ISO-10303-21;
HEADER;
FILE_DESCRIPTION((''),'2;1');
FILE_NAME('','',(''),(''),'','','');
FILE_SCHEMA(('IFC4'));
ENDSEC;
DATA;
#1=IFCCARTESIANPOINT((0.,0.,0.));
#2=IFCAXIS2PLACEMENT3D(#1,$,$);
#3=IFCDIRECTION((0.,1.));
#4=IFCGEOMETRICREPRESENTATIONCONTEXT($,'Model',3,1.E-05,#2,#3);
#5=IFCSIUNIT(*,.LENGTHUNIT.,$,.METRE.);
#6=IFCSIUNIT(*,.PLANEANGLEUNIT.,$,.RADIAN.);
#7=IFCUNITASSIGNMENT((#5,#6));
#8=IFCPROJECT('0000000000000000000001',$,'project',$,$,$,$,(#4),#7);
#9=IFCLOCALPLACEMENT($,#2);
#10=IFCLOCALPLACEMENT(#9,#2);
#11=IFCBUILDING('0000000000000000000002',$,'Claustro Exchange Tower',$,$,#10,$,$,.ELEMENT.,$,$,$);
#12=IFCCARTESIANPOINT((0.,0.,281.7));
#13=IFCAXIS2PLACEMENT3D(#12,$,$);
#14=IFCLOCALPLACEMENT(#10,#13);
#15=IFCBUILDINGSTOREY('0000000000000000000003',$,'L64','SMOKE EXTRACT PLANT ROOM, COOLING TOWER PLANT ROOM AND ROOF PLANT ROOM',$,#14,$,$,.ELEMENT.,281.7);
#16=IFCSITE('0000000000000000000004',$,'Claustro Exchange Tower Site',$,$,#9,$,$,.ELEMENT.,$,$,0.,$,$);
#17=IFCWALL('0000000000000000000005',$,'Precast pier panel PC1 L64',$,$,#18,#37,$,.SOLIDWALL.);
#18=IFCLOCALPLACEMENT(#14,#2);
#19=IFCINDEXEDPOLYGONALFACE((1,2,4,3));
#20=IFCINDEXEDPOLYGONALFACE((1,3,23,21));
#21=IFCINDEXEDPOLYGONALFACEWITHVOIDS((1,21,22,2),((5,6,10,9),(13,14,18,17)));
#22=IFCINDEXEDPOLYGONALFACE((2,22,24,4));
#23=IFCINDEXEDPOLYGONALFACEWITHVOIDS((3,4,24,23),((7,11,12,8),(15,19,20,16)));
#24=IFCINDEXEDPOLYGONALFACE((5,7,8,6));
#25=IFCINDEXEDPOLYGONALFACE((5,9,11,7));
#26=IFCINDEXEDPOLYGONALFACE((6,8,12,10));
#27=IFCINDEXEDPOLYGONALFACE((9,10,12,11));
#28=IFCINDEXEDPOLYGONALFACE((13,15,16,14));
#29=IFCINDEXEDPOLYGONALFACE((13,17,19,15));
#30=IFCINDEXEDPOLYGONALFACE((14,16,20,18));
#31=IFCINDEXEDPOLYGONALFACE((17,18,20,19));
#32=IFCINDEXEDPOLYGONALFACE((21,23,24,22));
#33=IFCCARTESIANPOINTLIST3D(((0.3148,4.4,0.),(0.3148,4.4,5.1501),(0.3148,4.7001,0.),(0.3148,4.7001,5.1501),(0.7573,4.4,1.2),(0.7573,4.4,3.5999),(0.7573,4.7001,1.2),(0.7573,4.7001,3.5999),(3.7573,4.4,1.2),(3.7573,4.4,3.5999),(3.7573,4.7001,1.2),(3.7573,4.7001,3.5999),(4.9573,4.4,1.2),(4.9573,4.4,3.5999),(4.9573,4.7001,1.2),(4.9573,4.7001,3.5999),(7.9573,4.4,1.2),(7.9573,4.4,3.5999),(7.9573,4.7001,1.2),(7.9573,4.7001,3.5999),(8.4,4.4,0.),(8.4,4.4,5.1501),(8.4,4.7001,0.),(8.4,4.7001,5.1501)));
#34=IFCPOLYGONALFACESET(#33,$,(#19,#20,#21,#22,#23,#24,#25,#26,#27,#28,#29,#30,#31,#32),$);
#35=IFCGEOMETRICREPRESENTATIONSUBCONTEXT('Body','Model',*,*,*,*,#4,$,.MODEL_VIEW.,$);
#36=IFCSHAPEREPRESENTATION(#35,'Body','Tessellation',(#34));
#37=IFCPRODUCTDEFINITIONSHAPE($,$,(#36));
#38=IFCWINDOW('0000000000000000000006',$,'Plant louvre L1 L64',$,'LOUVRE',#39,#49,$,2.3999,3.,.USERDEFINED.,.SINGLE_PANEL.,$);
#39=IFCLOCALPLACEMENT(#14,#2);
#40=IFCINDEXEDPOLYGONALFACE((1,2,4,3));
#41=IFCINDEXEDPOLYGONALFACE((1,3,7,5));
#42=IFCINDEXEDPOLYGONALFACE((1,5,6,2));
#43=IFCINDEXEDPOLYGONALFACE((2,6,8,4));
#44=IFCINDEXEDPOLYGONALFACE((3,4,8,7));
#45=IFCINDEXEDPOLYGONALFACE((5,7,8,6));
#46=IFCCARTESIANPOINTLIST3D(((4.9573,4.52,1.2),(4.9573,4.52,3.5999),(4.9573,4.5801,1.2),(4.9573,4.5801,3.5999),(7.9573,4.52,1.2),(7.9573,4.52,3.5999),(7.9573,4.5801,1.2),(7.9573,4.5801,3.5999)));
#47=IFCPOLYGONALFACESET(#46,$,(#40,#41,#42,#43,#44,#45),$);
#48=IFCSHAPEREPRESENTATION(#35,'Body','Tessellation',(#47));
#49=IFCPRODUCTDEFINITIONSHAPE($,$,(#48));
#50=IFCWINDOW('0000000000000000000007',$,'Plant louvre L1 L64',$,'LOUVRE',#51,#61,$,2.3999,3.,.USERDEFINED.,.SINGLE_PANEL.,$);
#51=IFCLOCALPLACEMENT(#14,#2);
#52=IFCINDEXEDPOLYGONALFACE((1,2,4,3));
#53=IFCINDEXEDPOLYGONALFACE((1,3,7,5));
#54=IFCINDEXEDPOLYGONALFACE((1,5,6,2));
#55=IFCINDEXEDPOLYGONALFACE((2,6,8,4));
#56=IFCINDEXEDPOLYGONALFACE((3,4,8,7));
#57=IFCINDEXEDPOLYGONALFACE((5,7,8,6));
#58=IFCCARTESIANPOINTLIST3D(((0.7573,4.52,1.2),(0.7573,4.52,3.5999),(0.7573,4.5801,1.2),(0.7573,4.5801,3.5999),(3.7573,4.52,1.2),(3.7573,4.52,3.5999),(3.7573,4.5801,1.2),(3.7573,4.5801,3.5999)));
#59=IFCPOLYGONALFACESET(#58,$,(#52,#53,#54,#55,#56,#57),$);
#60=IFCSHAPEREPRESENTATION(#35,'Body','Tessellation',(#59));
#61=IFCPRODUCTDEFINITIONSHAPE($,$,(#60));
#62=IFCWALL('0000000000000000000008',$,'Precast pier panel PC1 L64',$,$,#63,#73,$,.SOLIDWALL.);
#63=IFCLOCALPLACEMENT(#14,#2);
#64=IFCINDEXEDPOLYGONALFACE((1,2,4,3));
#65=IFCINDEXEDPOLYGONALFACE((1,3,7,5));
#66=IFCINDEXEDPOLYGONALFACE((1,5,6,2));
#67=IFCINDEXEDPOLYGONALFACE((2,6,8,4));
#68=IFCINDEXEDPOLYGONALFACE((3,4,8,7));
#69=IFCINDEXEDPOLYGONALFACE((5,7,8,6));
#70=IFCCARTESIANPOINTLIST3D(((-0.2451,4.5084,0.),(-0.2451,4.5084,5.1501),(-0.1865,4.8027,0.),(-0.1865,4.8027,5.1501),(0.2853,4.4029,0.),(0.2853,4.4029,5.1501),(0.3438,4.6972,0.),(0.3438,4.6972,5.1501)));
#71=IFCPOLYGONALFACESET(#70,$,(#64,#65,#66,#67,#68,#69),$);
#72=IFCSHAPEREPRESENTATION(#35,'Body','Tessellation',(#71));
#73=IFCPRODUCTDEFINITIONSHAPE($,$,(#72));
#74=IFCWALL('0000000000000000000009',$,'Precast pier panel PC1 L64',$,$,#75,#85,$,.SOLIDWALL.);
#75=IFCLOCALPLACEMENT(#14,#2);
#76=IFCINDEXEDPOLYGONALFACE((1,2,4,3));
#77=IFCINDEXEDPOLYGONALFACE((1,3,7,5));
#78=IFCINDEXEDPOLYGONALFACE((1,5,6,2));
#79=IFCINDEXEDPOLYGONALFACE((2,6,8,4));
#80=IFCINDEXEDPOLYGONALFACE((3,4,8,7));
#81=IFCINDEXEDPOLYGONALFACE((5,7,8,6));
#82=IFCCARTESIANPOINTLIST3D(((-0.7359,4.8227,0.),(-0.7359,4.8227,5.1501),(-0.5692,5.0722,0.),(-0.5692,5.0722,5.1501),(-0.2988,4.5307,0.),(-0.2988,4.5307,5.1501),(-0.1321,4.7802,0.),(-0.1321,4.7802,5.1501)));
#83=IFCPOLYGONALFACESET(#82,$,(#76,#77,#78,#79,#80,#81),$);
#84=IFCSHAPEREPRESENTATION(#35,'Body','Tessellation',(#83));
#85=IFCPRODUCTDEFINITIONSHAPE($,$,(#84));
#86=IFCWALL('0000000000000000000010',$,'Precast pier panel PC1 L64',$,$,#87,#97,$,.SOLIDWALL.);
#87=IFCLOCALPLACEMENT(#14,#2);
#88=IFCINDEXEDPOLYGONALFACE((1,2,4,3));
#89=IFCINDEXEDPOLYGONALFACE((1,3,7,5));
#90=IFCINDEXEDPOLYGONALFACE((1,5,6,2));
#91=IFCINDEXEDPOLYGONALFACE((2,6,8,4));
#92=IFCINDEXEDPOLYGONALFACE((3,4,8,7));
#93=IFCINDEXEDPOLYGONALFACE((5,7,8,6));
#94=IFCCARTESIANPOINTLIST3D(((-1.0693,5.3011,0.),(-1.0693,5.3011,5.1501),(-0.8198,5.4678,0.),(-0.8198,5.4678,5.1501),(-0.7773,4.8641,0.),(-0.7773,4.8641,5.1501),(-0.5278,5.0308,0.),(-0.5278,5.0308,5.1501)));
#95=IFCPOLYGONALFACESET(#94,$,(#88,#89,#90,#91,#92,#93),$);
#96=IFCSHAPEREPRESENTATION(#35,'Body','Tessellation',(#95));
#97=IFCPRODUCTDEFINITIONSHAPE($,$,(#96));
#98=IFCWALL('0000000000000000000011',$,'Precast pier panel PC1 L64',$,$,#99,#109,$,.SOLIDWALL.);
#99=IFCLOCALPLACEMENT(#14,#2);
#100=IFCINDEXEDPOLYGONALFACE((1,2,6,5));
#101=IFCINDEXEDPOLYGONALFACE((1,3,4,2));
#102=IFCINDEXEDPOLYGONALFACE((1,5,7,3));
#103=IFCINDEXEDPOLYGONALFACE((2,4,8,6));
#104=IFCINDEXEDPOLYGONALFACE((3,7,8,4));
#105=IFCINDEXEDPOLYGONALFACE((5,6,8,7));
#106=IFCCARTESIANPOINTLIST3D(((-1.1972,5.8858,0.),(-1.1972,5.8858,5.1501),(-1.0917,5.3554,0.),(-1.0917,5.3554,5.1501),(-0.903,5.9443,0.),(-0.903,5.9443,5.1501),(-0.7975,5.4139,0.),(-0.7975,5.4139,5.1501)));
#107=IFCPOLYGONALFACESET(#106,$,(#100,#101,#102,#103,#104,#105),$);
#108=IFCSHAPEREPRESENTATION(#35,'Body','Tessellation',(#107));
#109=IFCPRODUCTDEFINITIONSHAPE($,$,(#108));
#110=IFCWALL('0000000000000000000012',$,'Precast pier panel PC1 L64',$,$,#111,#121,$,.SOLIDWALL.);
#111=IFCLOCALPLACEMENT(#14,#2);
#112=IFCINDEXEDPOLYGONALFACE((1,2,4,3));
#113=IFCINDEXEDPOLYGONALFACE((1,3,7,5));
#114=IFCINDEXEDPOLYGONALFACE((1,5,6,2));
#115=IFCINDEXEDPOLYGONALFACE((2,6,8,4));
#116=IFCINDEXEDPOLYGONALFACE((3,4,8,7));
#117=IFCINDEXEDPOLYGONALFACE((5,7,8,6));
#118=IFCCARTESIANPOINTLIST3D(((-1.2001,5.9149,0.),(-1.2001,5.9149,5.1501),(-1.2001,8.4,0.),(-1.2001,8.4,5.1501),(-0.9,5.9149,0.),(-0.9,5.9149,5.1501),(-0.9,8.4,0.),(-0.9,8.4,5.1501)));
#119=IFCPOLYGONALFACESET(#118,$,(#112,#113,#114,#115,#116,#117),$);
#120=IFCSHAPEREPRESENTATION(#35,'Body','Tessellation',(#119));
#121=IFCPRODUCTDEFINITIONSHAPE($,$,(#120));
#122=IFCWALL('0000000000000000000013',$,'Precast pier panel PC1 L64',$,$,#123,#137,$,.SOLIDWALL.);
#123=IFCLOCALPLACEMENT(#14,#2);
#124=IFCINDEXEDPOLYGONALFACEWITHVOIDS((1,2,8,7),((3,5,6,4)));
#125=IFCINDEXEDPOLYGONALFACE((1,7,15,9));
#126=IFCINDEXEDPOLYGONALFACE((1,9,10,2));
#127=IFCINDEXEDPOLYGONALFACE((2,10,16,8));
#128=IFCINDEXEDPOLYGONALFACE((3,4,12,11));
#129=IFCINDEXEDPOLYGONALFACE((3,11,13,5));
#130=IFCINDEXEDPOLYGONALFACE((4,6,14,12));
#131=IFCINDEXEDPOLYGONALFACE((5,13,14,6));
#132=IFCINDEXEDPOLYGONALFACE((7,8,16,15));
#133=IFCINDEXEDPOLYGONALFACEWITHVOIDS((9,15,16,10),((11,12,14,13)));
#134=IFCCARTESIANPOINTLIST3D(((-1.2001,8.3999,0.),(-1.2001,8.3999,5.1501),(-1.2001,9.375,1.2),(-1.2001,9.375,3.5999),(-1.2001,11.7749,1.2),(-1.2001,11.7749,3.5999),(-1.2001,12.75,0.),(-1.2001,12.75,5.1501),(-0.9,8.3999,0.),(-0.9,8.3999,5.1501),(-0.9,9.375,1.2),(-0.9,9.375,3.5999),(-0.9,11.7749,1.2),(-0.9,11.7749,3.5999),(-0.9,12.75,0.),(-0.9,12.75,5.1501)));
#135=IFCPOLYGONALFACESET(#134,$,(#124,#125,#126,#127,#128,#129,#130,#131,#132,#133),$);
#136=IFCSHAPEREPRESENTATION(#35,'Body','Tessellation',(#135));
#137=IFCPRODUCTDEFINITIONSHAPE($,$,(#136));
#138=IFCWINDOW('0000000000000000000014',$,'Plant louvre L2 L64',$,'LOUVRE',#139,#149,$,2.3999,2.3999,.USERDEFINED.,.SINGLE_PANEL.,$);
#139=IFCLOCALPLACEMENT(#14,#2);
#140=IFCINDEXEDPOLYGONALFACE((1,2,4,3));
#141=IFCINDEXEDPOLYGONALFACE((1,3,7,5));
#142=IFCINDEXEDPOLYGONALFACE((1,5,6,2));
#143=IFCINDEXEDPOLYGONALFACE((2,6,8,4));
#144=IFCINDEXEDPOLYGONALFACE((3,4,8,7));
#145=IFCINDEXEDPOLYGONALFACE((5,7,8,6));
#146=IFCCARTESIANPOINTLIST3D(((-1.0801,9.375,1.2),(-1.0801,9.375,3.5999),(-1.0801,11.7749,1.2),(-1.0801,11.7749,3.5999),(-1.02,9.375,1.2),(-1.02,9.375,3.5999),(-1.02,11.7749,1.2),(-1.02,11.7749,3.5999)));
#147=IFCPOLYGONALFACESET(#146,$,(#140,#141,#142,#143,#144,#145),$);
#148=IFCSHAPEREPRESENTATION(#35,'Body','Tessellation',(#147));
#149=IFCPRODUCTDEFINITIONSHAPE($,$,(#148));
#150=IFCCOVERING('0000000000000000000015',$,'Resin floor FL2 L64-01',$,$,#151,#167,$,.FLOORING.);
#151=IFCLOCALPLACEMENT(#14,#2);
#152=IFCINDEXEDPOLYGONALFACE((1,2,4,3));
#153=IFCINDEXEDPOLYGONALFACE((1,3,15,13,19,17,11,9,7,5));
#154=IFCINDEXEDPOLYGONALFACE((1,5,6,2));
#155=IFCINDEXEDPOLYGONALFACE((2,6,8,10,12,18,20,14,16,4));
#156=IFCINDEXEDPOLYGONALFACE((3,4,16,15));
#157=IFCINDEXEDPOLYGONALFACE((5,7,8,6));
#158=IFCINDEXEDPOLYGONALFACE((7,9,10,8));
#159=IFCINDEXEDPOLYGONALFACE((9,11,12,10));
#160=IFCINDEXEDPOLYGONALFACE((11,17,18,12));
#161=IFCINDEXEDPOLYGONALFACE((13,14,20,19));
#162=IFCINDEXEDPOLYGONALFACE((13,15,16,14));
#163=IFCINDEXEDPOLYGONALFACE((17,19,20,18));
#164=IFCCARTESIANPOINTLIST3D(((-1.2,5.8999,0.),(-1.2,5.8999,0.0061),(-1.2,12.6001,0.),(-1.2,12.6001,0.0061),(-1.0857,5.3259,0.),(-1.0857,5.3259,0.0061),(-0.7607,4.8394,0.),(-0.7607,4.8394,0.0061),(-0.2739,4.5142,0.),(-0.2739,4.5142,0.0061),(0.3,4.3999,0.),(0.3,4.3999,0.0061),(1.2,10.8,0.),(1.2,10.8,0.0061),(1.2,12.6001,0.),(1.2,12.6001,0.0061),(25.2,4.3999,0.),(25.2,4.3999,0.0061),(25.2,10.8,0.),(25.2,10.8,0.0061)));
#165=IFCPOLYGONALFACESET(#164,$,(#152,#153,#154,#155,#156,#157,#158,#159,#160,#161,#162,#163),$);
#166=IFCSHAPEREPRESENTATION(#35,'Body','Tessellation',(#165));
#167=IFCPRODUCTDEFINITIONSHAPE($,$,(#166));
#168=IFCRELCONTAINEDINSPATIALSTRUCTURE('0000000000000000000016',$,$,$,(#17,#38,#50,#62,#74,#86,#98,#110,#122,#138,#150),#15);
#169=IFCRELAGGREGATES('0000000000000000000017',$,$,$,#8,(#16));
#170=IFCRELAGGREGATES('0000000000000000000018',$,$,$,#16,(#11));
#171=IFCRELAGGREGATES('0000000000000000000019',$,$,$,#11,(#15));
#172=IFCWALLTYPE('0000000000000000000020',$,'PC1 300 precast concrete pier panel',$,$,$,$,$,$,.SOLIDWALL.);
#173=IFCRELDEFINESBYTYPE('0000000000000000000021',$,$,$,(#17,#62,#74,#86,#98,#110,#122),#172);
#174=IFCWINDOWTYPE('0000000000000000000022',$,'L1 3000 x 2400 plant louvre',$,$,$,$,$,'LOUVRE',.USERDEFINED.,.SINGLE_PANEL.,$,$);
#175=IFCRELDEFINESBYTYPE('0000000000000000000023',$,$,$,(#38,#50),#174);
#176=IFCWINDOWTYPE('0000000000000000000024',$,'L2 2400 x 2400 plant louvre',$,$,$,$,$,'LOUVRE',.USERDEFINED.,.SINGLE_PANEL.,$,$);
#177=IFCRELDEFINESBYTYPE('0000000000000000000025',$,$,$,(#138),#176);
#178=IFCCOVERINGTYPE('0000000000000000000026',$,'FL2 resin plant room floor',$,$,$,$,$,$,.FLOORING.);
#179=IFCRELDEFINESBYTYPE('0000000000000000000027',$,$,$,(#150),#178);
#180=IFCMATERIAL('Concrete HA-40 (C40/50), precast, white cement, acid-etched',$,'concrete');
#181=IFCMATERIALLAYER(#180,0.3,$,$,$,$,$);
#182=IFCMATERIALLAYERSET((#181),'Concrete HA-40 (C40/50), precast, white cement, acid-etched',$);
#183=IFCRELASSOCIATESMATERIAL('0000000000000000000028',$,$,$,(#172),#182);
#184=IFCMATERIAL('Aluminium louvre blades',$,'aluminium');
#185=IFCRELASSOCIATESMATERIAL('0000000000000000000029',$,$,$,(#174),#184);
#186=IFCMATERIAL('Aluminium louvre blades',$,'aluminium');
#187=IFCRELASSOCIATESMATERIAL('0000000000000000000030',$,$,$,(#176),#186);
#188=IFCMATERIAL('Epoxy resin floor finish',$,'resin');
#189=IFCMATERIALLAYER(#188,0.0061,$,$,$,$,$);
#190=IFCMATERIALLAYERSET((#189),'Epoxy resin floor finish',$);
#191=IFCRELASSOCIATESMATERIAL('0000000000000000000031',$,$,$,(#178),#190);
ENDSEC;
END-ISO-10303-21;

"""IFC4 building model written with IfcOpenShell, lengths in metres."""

from ifc_helpers import new_model, si_unit, direction, frame, frame_2d, origin, place, context, subcontext, project, spatial, polyline, rectangle, outline, extrude, material, layer, layer_set, type_object, element, fill, save


model = new_model("IFC4")

# Units and contexts
model_context = context("Model", 3, precision=1e-05, world=origin(), true_north=direction((0.0, 1.0)))
body_context = subcontext(model_context, "Body", "Model", "MODEL_VIEW")
ifc_project = project(units=[si_unit("LENGTHUNIT", "METRE"), si_unit("PLANEANGLEUNIT", "RADIAN")], contexts=[model_context])

# Site, building, storey
site_placement = place(None, origin())
site = spatial("IfcSite", under=ifc_project, at=site_placement, Name="Claustro Exchange Tower Site", CompositionType="ELEMENT", RefElevation=0.0)
building_placement = place(site_placement, origin())
building = spatial("IfcBuilding", under=site, at=building_placement, Name="Claustro Exchange Tower", CompositionType="ELEMENT")
storey_placement = place(building_placement, frame((0.0, 0.0, 281.7)))
storey = spatial("IfcBuildingStorey", under=building, at=storey_placement, Name="L64", Description="SMOKE EXTRACT PLANT ROOM, COOLING TOWER PLANT ROOM AND ROOF PLANT ROOM", CompositionType="ELEMENT", Elevation=281.7)

# Wall, openings, windows
ifc_material_1 = material(Name="Concrete HA-40 (C40/50), precast, white cement, acid-etched", Category="concrete")
ifc_layer_1 = layer(ifc_material_1, 0.3)
ifc_layer_set_1 = layer_set([ifc_layer_1], Name="Concrete HA-40 (C40/50), precast, white cement, acid-etched")
wall_type = type_object("IfcWallType", Name="PC1 300 precast concrete pier panel", PredefinedType="SOLIDWALL", material=ifc_layer_set_1)
wall_1_placement = place(storey_placement, frame((8.3999, 4.55, 0.0), z_axis=(0.0, 0.0, 1.0), x_axis=(-1.0, 0.0, 0.0)))
wall_1 = element("IfcWall", 1, at=wall_1_placement, inside=storey, type_object=wall_type, Name="Precast pier panel PC1 L64", PredefinedType="SOLIDWALL", context=body_context, shape_type="SweptSolid", body=[
    extrude(rectangle(XDim=8.0852, YDim=0.3, at=frame_2d((4.0425, 0.0))), origin(), (0.0, 0.0, 1.0), 5.1501),
])
opening_1_placement = place(wall_1_placement, frame((0.4426, 0.0, 1.2)))
opening_1 = element("IfcOpeningElement", 2, at=opening_1_placement, cuts=wall_1, PredefinedType="OPENING", context=body_context, shape_type="SweptSolid", body=[
    extrude(rectangle(XDim=3.0, YDim=2.3999, at=frame_2d((1.5, 1.2))), frame((0.0, 0.1599, 0.0), z_axis=(0.0, -1.0, 0.0), x_axis=(1.0, 0.0, 0.0)), (0.0, 0.0, 1.0), 0.3201),
])
opening_2_placement = place(wall_1_placement, frame((4.6426, 0.0, 1.2)))
opening_2 = element("IfcOpeningElement", 3, at=opening_2_placement, cuts=wall_1, PredefinedType="OPENING", context=body_context, shape_type="SweptSolid", body=[
    extrude(rectangle(XDim=3.0, YDim=2.3999, at=frame_2d((1.5, 1.2))), frame((0.0, 0.1599, 0.0), z_axis=(0.0, -1.0, 0.0), x_axis=(1.0, 0.0, 0.0)), (0.0, 0.0, 1.0), 0.3201),
])
ifc_material_2 = material(Name="Aluminium louvre blades", Category="aluminium")
window_type_1 = type_object("IfcWindowType", Name="L1 3000 x 2400 plant louvre", ElementType="LOUVRE", PartitioningType="SINGLE_PANEL", PredefinedType="USERDEFINED", material=ifc_material_2)
window_1_placement = place(opening_1_placement, origin())
window_1 = element("IfcWindow", 4, at=window_1_placement, inside=storey, type_object=window_type_1, Name="Plant louvre L1 L64", ObjectType="LOUVRE", OverallHeight=2.3999, OverallWidth=3.0, PartitioningType="SINGLE_PANEL", PredefinedType="USERDEFINED", context=body_context, shape_type="SweptSolid", body=[
    extrude(rectangle(XDim=3.0, YDim=2.3999, at=frame_2d((1.5, 1.2))), frame((0.0, 0.03, 0.0), z_axis=(0.0, -1.0, 0.0), x_axis=(1.0, 0.0, 0.0)), (0.0, 0.0, 1.0), 0.0601),
])
fill(opening_1, window_1)
window_2_placement = place(opening_2_placement, origin())
window_2 = element("IfcWindow", 5, at=window_2_placement, inside=storey, type_object=window_type_1, Name="Plant louvre L1 L64", ObjectType="LOUVRE", OverallHeight=2.3999, OverallWidth=3.0, PartitioningType="SINGLE_PANEL", PredefinedType="USERDEFINED", context=body_context, shape_type="SweptSolid", body=[
    extrude(rectangle(XDim=3.0, YDim=2.3999, at=frame_2d((1.5, 1.2))), frame((0.0, 0.03, 0.0), z_axis=(0.0, -1.0, 0.0), x_axis=(1.0, 0.0, 0.0)), (0.0, 0.0, 1.0), 0.0601),
])
fill(opening_2, window_2)

# Walls
wall_2_placement = place(storey_placement, frame((0.3147, 4.55, 0.0), z_axis=(0.0, 0.0, 1.0), x_axis=(-0.980789, 0.195074, 0.0)))
element("IfcWall", 6, at=wall_2_placement, inside=storey, type_object=wall_type, Name="Precast pier panel PC1 L64", PredefinedType="SOLIDWALL", context=body_context, shape_type="SweptSolid", body=[
    extrude(rectangle(XDim=0.5408, YDim=0.3, at=frame_2d((0.2705, 0.0))), origin(), (0.0, 0.0, 1.0), 5.1501),
])
for number, where, z_axis, x_axis, name in (
    (7, (-0.2156, 4.6555, 0.0), (0.0, 0.0, 1.0), (-0.831478, 0.555557, 0.0), "Precast pier panel PC1 L64"),
    (8, (-0.6526, 4.9475, 0.0), (0.0, 0.0, 1.0), (-0.555557, 0.831478, 0.0), "Precast pier panel PC1 L64"),
):
    element("IfcWall", number, at=place(storey_placement, frame(where, z_axis=z_axis, x_axis=x_axis)), inside=storey, type_object=wall_type, Name=name, PredefinedType="SOLIDWALL", context=body_context, shape_type="SweptSolid", body=[
        extrude(rectangle(XDim=0.5256, YDim=0.3, at=frame_2d((0.2627, 0.0))), origin(), (0.0, 0.0, 1.0), 5.1501),
    ])
wall_3_placement = place(storey_placement, frame((-0.9446, 5.3845, 0.0), z_axis=(0.0, 0.0, 1.0), x_axis=(-0.195074, 0.980789, 0.0)))
element("IfcWall", 9, at=wall_3_placement, inside=storey, type_object=wall_type, Name="Precast pier panel PC1 L64", PredefinedType="SOLIDWALL", context=body_context, shape_type="SweptSolid", body=[
    extrude(rectangle(XDim=0.5408, YDim=0.3, at=frame_2d((0.2705, 0.0))), origin(), (0.0, 0.0, 1.0), 5.1501),
])
wall_4_placement = place(storey_placement, frame((-1.05, 5.9148, 0.0), z_axis=(0.0, 0.0, 1.0), x_axis=(0.0, 1.0, 0.0)))
element("IfcWall", 10, at=wall_4_placement, inside=storey, type_object=wall_type, Name="Precast pier panel PC1 L64", PredefinedType="SOLIDWALL", context=body_context, shape_type="SweptSolid", body=[
    extrude(rectangle(XDim=2.4851, YDim=0.3, at=frame_2d((1.2427, 0.0))), origin(), (0.0, 0.0, 1.0), 5.1501),
])

# Wall, opening, window
wall_5_placement = place(storey_placement, frame((-1.05, 8.3999, 0.0), z_axis=(0.0, 0.0, 1.0), x_axis=(0.0, 1.0, 0.0)))
wall_5 = element("IfcWall", 11, at=wall_5_placement, inside=storey, type_object=wall_type, Name="Precast pier panel PC1 L64", PredefinedType="SOLIDWALL", context=body_context, shape_type="SweptSolid", body=[
    extrude(rectangle(XDim=4.3501, YDim=0.3, at=frame_2d((2.175, 0.0))), origin(), (0.0, 0.0, 1.0), 5.1501),
])
opening_3_placement = place(wall_5_placement, frame((0.9751, 0.0, 1.2)))
opening_3 = element("IfcOpeningElement", 12, at=opening_3_placement, cuts=wall_5, PredefinedType="OPENING", context=body_context, shape_type="SweptSolid", body=[
    extrude(rectangle(XDim=2.3999, YDim=2.3999, at=frame_2d((1.2, 1.2))), frame((0.0, 0.1599, 0.0), z_axis=(0.0, -1.0, 0.0), x_axis=(1.0, 0.0, 0.0)), (0.0, 0.0, 1.0), 0.3201),
])
ifc_material_3 = material(Name="Aluminium louvre blades", Category="aluminium")
window_type_2 = type_object("IfcWindowType", Name="L2 2400 x 2400 plant louvre", ElementType="LOUVRE", PartitioningType="SINGLE_PANEL", PredefinedType="USERDEFINED", material=ifc_material_3)
window_3_placement = place(opening_3_placement, origin())
window_3 = element("IfcWindow", 13, at=window_3_placement, inside=storey, type_object=window_type_2, Name="Plant louvre L2 L64", ObjectType="LOUVRE", OverallHeight=2.3999, OverallWidth=2.3999, PartitioningType="SINGLE_PANEL", PredefinedType="USERDEFINED", context=body_context, shape_type="SweptSolid", body=[
    extrude(rectangle(XDim=2.3999, YDim=2.3999, at=frame_2d((1.2, 1.2))), frame((0.0, 0.03, 0.0), z_axis=(0.0, -1.0, 0.0), x_axis=(1.0, 0.0, 0.0)), (0.0, 0.0, 1.0), 0.0601),
])
fill(opening_3, window_3)

# Covering
ifc_material_4 = material(Name="Epoxy resin floor finish", Category="resin")
ifc_layer_2 = layer(ifc_material_4, 0.0061)
ifc_layer_set_2 = layer_set([ifc_layer_2], Name="Epoxy resin floor finish")
covering_type = type_object("IfcCoveringType", Name="FL2 resin plant room floor", PredefinedType="FLOORING", material=ifc_layer_set_2)
covering_1_placement = place(storey_placement, origin())
element("IfcCovering", 14, at=covering_1_placement, inside=storey, type_object=covering_type, Name="Resin floor FL2 L64-01", PredefinedType="FLOORING", context=body_context, shape_type="SweptSolid", body=[
    extrude(outline(polyline([(-1.0857, 5.3259), (-0.7607, 4.8394), (-0.2739, 4.5142), (0.3, 4.3999), (25.2, 4.3999), (25.2, 10.8), (1.2, 10.8), (1.2, 12.6001), (-1.2, 12.6001), (-1.2, 5.8999), (-1.0857, 5.3259)])), origin(), (0.0, 0.0, 1.0), 0.0061),
])

save(model, "model.ifc")
